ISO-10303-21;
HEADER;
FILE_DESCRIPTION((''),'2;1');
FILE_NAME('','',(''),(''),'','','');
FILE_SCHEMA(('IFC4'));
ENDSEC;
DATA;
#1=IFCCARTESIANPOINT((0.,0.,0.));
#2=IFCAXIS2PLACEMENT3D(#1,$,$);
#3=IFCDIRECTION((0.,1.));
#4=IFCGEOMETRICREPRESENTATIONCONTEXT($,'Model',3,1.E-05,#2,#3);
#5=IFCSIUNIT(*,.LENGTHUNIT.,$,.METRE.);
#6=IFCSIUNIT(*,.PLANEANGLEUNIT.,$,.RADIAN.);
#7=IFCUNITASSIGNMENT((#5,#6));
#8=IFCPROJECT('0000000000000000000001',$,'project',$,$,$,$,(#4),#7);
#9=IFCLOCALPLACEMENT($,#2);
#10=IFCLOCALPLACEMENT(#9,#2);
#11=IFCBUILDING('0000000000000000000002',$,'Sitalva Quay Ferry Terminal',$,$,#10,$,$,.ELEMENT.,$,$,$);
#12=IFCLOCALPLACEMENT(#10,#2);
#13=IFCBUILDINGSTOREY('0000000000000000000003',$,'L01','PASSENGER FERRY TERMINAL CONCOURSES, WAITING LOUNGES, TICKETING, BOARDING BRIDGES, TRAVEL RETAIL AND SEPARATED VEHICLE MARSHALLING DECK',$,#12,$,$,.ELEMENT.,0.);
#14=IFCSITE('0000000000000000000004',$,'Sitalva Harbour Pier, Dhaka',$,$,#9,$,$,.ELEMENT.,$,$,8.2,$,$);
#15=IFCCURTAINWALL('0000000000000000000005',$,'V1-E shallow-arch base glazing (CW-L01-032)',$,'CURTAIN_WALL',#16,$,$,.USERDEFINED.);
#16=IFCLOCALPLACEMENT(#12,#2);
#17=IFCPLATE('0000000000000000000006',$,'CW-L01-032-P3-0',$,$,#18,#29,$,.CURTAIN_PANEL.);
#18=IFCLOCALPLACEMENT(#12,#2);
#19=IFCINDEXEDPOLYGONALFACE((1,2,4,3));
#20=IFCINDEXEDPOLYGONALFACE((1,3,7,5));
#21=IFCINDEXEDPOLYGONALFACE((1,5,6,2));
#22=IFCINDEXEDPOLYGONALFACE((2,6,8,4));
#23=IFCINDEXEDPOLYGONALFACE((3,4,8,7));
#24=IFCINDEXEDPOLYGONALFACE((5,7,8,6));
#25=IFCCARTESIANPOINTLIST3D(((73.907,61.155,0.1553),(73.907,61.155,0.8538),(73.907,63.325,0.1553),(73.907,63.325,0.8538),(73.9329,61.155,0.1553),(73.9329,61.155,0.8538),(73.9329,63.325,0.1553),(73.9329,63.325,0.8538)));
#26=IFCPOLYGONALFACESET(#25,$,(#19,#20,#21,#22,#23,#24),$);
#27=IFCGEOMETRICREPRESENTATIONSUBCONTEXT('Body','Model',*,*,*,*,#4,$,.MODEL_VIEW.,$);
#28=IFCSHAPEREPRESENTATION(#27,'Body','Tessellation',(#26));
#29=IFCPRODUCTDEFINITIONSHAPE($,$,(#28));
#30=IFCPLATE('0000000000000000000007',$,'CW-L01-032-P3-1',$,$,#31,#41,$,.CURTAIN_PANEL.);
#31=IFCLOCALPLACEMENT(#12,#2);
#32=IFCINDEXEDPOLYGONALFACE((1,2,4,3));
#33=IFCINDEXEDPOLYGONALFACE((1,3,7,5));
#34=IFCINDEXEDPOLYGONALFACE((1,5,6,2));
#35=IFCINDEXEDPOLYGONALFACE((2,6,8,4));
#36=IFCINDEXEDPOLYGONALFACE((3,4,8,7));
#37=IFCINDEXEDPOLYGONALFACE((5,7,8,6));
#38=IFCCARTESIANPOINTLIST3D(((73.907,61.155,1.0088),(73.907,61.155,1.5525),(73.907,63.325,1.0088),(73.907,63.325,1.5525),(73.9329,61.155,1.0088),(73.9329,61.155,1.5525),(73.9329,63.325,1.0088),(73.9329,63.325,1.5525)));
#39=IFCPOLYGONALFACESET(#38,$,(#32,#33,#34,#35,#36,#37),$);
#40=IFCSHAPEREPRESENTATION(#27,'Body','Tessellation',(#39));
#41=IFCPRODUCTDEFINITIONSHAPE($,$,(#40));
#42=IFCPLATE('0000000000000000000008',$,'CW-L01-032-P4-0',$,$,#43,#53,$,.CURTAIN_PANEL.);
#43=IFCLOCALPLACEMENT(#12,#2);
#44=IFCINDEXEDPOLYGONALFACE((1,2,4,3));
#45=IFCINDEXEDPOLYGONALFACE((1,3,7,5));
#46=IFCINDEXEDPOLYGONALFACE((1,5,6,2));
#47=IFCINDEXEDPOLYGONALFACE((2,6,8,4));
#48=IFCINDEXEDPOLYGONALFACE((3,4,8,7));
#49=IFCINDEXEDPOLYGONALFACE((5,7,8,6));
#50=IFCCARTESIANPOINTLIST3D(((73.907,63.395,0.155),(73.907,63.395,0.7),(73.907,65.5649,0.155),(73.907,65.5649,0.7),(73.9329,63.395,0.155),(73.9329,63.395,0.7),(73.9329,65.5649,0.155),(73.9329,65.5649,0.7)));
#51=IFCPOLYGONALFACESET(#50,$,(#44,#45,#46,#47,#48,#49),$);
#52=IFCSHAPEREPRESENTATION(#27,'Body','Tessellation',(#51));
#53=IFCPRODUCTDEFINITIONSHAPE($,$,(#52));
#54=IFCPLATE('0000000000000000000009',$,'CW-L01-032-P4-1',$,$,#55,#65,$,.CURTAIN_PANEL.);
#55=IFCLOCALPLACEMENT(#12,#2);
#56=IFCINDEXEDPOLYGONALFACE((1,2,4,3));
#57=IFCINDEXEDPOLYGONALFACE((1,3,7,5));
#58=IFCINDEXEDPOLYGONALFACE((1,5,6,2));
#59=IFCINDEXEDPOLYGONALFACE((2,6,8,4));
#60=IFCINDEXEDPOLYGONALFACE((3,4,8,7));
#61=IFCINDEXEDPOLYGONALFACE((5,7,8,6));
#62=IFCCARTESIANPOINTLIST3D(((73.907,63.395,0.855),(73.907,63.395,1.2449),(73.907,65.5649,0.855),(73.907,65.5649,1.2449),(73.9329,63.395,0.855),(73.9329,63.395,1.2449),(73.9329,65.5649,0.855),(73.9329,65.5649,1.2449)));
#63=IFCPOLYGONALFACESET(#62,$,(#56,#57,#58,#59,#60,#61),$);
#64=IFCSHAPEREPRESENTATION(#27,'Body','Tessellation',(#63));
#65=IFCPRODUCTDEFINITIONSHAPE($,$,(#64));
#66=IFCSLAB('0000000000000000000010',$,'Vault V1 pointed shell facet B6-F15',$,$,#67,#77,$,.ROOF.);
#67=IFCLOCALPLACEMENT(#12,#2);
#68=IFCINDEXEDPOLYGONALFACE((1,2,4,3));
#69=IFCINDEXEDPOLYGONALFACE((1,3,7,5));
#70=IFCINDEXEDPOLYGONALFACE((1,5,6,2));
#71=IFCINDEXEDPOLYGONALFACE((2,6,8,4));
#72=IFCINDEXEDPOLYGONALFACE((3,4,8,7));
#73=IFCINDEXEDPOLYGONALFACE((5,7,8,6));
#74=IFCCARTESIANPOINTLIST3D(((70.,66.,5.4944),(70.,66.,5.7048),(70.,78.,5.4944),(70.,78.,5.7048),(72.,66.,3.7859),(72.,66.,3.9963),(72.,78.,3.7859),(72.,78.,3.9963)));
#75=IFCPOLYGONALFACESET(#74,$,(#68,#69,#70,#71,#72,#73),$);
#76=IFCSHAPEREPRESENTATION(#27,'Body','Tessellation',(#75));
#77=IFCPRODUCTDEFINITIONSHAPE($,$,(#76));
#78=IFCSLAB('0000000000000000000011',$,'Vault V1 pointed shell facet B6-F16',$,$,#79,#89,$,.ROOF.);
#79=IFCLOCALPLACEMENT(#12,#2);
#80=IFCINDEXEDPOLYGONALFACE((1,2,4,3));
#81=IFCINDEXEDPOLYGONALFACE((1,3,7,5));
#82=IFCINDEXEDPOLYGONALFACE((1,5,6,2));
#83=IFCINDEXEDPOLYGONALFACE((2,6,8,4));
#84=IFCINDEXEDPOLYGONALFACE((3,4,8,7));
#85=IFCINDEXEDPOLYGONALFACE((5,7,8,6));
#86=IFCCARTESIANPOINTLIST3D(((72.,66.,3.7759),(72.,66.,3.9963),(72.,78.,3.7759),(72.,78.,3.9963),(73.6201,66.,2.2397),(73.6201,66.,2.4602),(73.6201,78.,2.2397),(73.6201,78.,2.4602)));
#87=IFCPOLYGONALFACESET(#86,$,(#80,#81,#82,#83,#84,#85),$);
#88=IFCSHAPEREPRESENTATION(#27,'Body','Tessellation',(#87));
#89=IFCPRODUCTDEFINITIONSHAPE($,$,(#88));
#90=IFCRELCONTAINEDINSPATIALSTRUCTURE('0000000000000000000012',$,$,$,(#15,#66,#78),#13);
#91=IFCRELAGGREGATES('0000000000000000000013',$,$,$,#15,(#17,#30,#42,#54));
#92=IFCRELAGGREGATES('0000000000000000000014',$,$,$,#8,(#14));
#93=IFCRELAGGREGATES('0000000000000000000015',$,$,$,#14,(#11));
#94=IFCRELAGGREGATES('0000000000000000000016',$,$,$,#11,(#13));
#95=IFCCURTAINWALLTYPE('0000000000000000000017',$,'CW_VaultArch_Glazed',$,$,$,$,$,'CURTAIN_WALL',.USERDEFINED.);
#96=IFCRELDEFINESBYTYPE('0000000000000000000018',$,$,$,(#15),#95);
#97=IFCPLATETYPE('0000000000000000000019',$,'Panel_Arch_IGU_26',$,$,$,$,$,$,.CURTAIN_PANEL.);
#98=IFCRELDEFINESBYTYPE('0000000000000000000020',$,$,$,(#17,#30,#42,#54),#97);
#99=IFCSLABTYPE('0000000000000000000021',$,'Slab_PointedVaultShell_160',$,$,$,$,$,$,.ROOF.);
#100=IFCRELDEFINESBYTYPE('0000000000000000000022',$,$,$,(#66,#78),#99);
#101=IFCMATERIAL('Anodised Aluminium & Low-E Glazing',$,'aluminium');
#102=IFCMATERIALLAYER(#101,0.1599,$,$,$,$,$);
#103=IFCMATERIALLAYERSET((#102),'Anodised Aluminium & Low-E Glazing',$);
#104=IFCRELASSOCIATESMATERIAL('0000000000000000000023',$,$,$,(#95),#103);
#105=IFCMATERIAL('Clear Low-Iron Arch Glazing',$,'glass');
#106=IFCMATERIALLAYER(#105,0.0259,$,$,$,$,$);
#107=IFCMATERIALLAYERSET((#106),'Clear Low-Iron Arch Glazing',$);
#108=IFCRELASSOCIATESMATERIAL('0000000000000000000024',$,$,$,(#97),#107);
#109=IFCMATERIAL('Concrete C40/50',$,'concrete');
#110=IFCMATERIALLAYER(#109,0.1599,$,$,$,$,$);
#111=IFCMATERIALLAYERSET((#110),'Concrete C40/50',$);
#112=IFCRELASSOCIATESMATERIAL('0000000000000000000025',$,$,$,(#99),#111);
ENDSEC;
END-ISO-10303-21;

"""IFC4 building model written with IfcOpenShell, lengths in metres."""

from ifc_helpers import new_model, si_unit, direction, frame, origin, origin_2d, place, context, subcontext, project, spatial, polyline, rectangle, outline, extrude, material, layer, layer_set, type_object, element, aggregate, save


model = new_model("IFC4")

# Units and contexts
model_context = context("Model", 3, precision=1e-05, world=origin(), true_north=direction((0.0, 1.0)))
body_context = subcontext(model_context, "Body", "Model", "MODEL_VIEW")
ifc_project = project(units=[si_unit("LENGTHUNIT", "METRE"), si_unit("PLANEANGLEUNIT", "RADIAN")], contexts=[model_context])

# Site, building, storey
site_placement = place(None, origin())
site = spatial("IfcSite", under=ifc_project, at=site_placement, Name="Sitalva Harbour Pier, Dhaka", CompositionType="ELEMENT", RefElevation=8.2)
building_placement = place(site_placement, origin())
building = spatial("IfcBuilding", under=site, at=building_placement, Name="Sitalva Quay Ferry Terminal", CompositionType="ELEMENT")
storey_placement = place(building_placement, origin())
storey = spatial("IfcBuildingStorey", under=building, at=storey_placement, Name="L01", Description="PASSENGER FERRY TERMINAL CONCOURSES, WAITING LOUNGES, TICKETING, BOARDING BRIDGES, TRAVEL RETAIL AND SEPARATED VEHICLE MARSHALLING DECK", CompositionType="ELEMENT", Elevation=0.0)

# Curtain wall, plates
ifc_material_1 = material(Name="Anodised Aluminium & Low-E Glazing", Category="aluminium")
ifc_layer_1 = layer(ifc_material_1, 0.1599)
ifc_layer_set_1 = layer_set([ifc_layer_1], Name="Anodised Aluminium & Low-E Glazing")
curtain_wall_type = type_object("IfcCurtainWallType", Name="CW_VaultArch_Glazed", ElementType="CURTAIN_WALL", PredefinedType="USERDEFINED", material=ifc_layer_set_1)
curtain_wall_placement = place(storey_placement, origin())
curtain_wall = element("IfcCurtainWall", 1, at=curtain_wall_placement, inside=storey, type_object=curtain_wall_type, Name="V1-E shallow-arch base glazing (CW-L01-032)", ObjectType="CURTAIN_WALL", PredefinedType="USERDEFINED")
ifc_material_2 = material(Name="Clear Low-Iron Arch Glazing", Category="glass")
ifc_layer_2 = layer(ifc_material_2, 0.0259)
ifc_layer_set_2 = layer_set([ifc_layer_2], Name="Clear Low-Iron Arch Glazing")
plate_type = type_object("IfcPlateType", Name="Panel_Arch_IGU_26", PredefinedType="CURTAIN_PANEL", material=ifc_layer_set_2)
plate_1_placement = place(storey_placement, frame((73.9199, 62.24, 0.1553), z_axis=(0.0, 0.0, 1.0), x_axis=(0.0, 1.0, 0.0)))
plate_1 = element("IfcPlate", 2, at=plate_1_placement, type_object=plate_type, Name="CW-L01-032-P3-0", PredefinedType="CURTAIN_PANEL", context=body_context, shape_type="SweptSolid", body=[
    extrude(rectangle(XDim=2.1699, YDim=0.0259, at=origin_2d()), origin(), (0.0, 0.0, 1.0), 0.6985),
])
plate_2_placement = place(storey_placement, frame((73.9199, 62.24, 1.0088), z_axis=(0.0, 0.0, 1.0), x_axis=(0.0, 1.0, 0.0)))
plate_2 = element("IfcPlate", 3, at=plate_2_placement, type_object=plate_type, Name="CW-L01-032-P3-1", PredefinedType="CURTAIN_PANEL", context=body_context, shape_type="SweptSolid", body=[
    extrude(rectangle(XDim=2.1699, YDim=0.0259, at=origin_2d()), origin(), (0.0, 0.0, 1.0), 0.5437),
])
plate_3_placement = place(storey_placement, frame((73.9199, 64.48, 0.155), z_axis=(0.0, 0.0, 1.0), x_axis=(0.0, 1.0, 0.0)))
plate_3 = element("IfcPlate", 4, at=plate_3_placement, type_object=plate_type, Name="CW-L01-032-P4-0", PredefinedType="CURTAIN_PANEL", context=body_context, shape_type="SweptSolid", body=[
    extrude(rectangle(XDim=2.1699, YDim=0.0259, at=origin_2d()), origin(), (0.0, 0.0, 1.0), 0.5449),
])
plate_4_placement = place(storey_placement, frame((73.9199, 64.48, 0.855), z_axis=(0.0, 0.0, 1.0), x_axis=(0.0, 1.0, 0.0)))
plate_4 = element("IfcPlate", 5, at=plate_4_placement, type_object=plate_type, Name="CW-L01-032-P4-1", PredefinedType="CURTAIN_PANEL", context=body_context, shape_type="SweptSolid", body=[
    extrude(rectangle(XDim=2.1699, YDim=0.0259, at=origin_2d()), origin(), (0.0, 0.0, 1.0), 0.3899),
])
aggregate(curtain_wall, [plate_1, plate_2, plate_3, plate_4])

# Slabs
ifc_material_3 = material(Name="Concrete C40/50", Category="concrete")
ifc_layer_3 = layer(ifc_material_3, 0.1599)
ifc_layer_set_3 = layer_set([ifc_layer_3], Name="Concrete C40/50")
slab_type = type_object("IfcSlabType", Name="Slab_PointedVaultShell_160", PredefinedType="ROOF", material=ifc_layer_set_3)
slab_1_placement = place(storey_placement, frame((70.0, 66.0, 5.7048), z_axis=(0.649522, 0.0, 0.760343), x_axis=(0.760343, 0.0, -0.649522)))
element("IfcSlab", 6, at=slab_1_placement, inside=storey, type_object=slab_type, Name="Vault V1 pointed shell facet B6-F15", PredefinedType="ROOF", context=body_context, shape_type="SweptSolid", body=[
    extrude(outline(polyline([(0.0, 0.0), (2.6304, 0.0), (2.6304, 12.0), (0.0, 12.0), (0.0, 0.0)])), origin(), (0.649522, 0.0, -0.760343), 0.2104),
])
slab_2_placement = place(storey_placement, frame((72.0, 66.0, 3.9963), z_axis=(0.688048, 0.0, 0.725665), x_axis=(0.725665, 0.0, -0.688048)))
element("IfcSlab", 7, at=slab_2_placement, inside=storey, type_object=slab_type, Name="Vault V1 pointed shell facet B6-F16", PredefinedType="ROOF", context=body_context, shape_type="SweptSolid", body=[
    extrude(outline(polyline([(0.0, 0.0), (2.2326, 0.0), (2.2326, 12.0), (0.0, 12.0), (0.0, 0.0)])), origin(), (0.688048, 0.0, -0.725665), 0.2205),
])

save(model, "model.ifc")
